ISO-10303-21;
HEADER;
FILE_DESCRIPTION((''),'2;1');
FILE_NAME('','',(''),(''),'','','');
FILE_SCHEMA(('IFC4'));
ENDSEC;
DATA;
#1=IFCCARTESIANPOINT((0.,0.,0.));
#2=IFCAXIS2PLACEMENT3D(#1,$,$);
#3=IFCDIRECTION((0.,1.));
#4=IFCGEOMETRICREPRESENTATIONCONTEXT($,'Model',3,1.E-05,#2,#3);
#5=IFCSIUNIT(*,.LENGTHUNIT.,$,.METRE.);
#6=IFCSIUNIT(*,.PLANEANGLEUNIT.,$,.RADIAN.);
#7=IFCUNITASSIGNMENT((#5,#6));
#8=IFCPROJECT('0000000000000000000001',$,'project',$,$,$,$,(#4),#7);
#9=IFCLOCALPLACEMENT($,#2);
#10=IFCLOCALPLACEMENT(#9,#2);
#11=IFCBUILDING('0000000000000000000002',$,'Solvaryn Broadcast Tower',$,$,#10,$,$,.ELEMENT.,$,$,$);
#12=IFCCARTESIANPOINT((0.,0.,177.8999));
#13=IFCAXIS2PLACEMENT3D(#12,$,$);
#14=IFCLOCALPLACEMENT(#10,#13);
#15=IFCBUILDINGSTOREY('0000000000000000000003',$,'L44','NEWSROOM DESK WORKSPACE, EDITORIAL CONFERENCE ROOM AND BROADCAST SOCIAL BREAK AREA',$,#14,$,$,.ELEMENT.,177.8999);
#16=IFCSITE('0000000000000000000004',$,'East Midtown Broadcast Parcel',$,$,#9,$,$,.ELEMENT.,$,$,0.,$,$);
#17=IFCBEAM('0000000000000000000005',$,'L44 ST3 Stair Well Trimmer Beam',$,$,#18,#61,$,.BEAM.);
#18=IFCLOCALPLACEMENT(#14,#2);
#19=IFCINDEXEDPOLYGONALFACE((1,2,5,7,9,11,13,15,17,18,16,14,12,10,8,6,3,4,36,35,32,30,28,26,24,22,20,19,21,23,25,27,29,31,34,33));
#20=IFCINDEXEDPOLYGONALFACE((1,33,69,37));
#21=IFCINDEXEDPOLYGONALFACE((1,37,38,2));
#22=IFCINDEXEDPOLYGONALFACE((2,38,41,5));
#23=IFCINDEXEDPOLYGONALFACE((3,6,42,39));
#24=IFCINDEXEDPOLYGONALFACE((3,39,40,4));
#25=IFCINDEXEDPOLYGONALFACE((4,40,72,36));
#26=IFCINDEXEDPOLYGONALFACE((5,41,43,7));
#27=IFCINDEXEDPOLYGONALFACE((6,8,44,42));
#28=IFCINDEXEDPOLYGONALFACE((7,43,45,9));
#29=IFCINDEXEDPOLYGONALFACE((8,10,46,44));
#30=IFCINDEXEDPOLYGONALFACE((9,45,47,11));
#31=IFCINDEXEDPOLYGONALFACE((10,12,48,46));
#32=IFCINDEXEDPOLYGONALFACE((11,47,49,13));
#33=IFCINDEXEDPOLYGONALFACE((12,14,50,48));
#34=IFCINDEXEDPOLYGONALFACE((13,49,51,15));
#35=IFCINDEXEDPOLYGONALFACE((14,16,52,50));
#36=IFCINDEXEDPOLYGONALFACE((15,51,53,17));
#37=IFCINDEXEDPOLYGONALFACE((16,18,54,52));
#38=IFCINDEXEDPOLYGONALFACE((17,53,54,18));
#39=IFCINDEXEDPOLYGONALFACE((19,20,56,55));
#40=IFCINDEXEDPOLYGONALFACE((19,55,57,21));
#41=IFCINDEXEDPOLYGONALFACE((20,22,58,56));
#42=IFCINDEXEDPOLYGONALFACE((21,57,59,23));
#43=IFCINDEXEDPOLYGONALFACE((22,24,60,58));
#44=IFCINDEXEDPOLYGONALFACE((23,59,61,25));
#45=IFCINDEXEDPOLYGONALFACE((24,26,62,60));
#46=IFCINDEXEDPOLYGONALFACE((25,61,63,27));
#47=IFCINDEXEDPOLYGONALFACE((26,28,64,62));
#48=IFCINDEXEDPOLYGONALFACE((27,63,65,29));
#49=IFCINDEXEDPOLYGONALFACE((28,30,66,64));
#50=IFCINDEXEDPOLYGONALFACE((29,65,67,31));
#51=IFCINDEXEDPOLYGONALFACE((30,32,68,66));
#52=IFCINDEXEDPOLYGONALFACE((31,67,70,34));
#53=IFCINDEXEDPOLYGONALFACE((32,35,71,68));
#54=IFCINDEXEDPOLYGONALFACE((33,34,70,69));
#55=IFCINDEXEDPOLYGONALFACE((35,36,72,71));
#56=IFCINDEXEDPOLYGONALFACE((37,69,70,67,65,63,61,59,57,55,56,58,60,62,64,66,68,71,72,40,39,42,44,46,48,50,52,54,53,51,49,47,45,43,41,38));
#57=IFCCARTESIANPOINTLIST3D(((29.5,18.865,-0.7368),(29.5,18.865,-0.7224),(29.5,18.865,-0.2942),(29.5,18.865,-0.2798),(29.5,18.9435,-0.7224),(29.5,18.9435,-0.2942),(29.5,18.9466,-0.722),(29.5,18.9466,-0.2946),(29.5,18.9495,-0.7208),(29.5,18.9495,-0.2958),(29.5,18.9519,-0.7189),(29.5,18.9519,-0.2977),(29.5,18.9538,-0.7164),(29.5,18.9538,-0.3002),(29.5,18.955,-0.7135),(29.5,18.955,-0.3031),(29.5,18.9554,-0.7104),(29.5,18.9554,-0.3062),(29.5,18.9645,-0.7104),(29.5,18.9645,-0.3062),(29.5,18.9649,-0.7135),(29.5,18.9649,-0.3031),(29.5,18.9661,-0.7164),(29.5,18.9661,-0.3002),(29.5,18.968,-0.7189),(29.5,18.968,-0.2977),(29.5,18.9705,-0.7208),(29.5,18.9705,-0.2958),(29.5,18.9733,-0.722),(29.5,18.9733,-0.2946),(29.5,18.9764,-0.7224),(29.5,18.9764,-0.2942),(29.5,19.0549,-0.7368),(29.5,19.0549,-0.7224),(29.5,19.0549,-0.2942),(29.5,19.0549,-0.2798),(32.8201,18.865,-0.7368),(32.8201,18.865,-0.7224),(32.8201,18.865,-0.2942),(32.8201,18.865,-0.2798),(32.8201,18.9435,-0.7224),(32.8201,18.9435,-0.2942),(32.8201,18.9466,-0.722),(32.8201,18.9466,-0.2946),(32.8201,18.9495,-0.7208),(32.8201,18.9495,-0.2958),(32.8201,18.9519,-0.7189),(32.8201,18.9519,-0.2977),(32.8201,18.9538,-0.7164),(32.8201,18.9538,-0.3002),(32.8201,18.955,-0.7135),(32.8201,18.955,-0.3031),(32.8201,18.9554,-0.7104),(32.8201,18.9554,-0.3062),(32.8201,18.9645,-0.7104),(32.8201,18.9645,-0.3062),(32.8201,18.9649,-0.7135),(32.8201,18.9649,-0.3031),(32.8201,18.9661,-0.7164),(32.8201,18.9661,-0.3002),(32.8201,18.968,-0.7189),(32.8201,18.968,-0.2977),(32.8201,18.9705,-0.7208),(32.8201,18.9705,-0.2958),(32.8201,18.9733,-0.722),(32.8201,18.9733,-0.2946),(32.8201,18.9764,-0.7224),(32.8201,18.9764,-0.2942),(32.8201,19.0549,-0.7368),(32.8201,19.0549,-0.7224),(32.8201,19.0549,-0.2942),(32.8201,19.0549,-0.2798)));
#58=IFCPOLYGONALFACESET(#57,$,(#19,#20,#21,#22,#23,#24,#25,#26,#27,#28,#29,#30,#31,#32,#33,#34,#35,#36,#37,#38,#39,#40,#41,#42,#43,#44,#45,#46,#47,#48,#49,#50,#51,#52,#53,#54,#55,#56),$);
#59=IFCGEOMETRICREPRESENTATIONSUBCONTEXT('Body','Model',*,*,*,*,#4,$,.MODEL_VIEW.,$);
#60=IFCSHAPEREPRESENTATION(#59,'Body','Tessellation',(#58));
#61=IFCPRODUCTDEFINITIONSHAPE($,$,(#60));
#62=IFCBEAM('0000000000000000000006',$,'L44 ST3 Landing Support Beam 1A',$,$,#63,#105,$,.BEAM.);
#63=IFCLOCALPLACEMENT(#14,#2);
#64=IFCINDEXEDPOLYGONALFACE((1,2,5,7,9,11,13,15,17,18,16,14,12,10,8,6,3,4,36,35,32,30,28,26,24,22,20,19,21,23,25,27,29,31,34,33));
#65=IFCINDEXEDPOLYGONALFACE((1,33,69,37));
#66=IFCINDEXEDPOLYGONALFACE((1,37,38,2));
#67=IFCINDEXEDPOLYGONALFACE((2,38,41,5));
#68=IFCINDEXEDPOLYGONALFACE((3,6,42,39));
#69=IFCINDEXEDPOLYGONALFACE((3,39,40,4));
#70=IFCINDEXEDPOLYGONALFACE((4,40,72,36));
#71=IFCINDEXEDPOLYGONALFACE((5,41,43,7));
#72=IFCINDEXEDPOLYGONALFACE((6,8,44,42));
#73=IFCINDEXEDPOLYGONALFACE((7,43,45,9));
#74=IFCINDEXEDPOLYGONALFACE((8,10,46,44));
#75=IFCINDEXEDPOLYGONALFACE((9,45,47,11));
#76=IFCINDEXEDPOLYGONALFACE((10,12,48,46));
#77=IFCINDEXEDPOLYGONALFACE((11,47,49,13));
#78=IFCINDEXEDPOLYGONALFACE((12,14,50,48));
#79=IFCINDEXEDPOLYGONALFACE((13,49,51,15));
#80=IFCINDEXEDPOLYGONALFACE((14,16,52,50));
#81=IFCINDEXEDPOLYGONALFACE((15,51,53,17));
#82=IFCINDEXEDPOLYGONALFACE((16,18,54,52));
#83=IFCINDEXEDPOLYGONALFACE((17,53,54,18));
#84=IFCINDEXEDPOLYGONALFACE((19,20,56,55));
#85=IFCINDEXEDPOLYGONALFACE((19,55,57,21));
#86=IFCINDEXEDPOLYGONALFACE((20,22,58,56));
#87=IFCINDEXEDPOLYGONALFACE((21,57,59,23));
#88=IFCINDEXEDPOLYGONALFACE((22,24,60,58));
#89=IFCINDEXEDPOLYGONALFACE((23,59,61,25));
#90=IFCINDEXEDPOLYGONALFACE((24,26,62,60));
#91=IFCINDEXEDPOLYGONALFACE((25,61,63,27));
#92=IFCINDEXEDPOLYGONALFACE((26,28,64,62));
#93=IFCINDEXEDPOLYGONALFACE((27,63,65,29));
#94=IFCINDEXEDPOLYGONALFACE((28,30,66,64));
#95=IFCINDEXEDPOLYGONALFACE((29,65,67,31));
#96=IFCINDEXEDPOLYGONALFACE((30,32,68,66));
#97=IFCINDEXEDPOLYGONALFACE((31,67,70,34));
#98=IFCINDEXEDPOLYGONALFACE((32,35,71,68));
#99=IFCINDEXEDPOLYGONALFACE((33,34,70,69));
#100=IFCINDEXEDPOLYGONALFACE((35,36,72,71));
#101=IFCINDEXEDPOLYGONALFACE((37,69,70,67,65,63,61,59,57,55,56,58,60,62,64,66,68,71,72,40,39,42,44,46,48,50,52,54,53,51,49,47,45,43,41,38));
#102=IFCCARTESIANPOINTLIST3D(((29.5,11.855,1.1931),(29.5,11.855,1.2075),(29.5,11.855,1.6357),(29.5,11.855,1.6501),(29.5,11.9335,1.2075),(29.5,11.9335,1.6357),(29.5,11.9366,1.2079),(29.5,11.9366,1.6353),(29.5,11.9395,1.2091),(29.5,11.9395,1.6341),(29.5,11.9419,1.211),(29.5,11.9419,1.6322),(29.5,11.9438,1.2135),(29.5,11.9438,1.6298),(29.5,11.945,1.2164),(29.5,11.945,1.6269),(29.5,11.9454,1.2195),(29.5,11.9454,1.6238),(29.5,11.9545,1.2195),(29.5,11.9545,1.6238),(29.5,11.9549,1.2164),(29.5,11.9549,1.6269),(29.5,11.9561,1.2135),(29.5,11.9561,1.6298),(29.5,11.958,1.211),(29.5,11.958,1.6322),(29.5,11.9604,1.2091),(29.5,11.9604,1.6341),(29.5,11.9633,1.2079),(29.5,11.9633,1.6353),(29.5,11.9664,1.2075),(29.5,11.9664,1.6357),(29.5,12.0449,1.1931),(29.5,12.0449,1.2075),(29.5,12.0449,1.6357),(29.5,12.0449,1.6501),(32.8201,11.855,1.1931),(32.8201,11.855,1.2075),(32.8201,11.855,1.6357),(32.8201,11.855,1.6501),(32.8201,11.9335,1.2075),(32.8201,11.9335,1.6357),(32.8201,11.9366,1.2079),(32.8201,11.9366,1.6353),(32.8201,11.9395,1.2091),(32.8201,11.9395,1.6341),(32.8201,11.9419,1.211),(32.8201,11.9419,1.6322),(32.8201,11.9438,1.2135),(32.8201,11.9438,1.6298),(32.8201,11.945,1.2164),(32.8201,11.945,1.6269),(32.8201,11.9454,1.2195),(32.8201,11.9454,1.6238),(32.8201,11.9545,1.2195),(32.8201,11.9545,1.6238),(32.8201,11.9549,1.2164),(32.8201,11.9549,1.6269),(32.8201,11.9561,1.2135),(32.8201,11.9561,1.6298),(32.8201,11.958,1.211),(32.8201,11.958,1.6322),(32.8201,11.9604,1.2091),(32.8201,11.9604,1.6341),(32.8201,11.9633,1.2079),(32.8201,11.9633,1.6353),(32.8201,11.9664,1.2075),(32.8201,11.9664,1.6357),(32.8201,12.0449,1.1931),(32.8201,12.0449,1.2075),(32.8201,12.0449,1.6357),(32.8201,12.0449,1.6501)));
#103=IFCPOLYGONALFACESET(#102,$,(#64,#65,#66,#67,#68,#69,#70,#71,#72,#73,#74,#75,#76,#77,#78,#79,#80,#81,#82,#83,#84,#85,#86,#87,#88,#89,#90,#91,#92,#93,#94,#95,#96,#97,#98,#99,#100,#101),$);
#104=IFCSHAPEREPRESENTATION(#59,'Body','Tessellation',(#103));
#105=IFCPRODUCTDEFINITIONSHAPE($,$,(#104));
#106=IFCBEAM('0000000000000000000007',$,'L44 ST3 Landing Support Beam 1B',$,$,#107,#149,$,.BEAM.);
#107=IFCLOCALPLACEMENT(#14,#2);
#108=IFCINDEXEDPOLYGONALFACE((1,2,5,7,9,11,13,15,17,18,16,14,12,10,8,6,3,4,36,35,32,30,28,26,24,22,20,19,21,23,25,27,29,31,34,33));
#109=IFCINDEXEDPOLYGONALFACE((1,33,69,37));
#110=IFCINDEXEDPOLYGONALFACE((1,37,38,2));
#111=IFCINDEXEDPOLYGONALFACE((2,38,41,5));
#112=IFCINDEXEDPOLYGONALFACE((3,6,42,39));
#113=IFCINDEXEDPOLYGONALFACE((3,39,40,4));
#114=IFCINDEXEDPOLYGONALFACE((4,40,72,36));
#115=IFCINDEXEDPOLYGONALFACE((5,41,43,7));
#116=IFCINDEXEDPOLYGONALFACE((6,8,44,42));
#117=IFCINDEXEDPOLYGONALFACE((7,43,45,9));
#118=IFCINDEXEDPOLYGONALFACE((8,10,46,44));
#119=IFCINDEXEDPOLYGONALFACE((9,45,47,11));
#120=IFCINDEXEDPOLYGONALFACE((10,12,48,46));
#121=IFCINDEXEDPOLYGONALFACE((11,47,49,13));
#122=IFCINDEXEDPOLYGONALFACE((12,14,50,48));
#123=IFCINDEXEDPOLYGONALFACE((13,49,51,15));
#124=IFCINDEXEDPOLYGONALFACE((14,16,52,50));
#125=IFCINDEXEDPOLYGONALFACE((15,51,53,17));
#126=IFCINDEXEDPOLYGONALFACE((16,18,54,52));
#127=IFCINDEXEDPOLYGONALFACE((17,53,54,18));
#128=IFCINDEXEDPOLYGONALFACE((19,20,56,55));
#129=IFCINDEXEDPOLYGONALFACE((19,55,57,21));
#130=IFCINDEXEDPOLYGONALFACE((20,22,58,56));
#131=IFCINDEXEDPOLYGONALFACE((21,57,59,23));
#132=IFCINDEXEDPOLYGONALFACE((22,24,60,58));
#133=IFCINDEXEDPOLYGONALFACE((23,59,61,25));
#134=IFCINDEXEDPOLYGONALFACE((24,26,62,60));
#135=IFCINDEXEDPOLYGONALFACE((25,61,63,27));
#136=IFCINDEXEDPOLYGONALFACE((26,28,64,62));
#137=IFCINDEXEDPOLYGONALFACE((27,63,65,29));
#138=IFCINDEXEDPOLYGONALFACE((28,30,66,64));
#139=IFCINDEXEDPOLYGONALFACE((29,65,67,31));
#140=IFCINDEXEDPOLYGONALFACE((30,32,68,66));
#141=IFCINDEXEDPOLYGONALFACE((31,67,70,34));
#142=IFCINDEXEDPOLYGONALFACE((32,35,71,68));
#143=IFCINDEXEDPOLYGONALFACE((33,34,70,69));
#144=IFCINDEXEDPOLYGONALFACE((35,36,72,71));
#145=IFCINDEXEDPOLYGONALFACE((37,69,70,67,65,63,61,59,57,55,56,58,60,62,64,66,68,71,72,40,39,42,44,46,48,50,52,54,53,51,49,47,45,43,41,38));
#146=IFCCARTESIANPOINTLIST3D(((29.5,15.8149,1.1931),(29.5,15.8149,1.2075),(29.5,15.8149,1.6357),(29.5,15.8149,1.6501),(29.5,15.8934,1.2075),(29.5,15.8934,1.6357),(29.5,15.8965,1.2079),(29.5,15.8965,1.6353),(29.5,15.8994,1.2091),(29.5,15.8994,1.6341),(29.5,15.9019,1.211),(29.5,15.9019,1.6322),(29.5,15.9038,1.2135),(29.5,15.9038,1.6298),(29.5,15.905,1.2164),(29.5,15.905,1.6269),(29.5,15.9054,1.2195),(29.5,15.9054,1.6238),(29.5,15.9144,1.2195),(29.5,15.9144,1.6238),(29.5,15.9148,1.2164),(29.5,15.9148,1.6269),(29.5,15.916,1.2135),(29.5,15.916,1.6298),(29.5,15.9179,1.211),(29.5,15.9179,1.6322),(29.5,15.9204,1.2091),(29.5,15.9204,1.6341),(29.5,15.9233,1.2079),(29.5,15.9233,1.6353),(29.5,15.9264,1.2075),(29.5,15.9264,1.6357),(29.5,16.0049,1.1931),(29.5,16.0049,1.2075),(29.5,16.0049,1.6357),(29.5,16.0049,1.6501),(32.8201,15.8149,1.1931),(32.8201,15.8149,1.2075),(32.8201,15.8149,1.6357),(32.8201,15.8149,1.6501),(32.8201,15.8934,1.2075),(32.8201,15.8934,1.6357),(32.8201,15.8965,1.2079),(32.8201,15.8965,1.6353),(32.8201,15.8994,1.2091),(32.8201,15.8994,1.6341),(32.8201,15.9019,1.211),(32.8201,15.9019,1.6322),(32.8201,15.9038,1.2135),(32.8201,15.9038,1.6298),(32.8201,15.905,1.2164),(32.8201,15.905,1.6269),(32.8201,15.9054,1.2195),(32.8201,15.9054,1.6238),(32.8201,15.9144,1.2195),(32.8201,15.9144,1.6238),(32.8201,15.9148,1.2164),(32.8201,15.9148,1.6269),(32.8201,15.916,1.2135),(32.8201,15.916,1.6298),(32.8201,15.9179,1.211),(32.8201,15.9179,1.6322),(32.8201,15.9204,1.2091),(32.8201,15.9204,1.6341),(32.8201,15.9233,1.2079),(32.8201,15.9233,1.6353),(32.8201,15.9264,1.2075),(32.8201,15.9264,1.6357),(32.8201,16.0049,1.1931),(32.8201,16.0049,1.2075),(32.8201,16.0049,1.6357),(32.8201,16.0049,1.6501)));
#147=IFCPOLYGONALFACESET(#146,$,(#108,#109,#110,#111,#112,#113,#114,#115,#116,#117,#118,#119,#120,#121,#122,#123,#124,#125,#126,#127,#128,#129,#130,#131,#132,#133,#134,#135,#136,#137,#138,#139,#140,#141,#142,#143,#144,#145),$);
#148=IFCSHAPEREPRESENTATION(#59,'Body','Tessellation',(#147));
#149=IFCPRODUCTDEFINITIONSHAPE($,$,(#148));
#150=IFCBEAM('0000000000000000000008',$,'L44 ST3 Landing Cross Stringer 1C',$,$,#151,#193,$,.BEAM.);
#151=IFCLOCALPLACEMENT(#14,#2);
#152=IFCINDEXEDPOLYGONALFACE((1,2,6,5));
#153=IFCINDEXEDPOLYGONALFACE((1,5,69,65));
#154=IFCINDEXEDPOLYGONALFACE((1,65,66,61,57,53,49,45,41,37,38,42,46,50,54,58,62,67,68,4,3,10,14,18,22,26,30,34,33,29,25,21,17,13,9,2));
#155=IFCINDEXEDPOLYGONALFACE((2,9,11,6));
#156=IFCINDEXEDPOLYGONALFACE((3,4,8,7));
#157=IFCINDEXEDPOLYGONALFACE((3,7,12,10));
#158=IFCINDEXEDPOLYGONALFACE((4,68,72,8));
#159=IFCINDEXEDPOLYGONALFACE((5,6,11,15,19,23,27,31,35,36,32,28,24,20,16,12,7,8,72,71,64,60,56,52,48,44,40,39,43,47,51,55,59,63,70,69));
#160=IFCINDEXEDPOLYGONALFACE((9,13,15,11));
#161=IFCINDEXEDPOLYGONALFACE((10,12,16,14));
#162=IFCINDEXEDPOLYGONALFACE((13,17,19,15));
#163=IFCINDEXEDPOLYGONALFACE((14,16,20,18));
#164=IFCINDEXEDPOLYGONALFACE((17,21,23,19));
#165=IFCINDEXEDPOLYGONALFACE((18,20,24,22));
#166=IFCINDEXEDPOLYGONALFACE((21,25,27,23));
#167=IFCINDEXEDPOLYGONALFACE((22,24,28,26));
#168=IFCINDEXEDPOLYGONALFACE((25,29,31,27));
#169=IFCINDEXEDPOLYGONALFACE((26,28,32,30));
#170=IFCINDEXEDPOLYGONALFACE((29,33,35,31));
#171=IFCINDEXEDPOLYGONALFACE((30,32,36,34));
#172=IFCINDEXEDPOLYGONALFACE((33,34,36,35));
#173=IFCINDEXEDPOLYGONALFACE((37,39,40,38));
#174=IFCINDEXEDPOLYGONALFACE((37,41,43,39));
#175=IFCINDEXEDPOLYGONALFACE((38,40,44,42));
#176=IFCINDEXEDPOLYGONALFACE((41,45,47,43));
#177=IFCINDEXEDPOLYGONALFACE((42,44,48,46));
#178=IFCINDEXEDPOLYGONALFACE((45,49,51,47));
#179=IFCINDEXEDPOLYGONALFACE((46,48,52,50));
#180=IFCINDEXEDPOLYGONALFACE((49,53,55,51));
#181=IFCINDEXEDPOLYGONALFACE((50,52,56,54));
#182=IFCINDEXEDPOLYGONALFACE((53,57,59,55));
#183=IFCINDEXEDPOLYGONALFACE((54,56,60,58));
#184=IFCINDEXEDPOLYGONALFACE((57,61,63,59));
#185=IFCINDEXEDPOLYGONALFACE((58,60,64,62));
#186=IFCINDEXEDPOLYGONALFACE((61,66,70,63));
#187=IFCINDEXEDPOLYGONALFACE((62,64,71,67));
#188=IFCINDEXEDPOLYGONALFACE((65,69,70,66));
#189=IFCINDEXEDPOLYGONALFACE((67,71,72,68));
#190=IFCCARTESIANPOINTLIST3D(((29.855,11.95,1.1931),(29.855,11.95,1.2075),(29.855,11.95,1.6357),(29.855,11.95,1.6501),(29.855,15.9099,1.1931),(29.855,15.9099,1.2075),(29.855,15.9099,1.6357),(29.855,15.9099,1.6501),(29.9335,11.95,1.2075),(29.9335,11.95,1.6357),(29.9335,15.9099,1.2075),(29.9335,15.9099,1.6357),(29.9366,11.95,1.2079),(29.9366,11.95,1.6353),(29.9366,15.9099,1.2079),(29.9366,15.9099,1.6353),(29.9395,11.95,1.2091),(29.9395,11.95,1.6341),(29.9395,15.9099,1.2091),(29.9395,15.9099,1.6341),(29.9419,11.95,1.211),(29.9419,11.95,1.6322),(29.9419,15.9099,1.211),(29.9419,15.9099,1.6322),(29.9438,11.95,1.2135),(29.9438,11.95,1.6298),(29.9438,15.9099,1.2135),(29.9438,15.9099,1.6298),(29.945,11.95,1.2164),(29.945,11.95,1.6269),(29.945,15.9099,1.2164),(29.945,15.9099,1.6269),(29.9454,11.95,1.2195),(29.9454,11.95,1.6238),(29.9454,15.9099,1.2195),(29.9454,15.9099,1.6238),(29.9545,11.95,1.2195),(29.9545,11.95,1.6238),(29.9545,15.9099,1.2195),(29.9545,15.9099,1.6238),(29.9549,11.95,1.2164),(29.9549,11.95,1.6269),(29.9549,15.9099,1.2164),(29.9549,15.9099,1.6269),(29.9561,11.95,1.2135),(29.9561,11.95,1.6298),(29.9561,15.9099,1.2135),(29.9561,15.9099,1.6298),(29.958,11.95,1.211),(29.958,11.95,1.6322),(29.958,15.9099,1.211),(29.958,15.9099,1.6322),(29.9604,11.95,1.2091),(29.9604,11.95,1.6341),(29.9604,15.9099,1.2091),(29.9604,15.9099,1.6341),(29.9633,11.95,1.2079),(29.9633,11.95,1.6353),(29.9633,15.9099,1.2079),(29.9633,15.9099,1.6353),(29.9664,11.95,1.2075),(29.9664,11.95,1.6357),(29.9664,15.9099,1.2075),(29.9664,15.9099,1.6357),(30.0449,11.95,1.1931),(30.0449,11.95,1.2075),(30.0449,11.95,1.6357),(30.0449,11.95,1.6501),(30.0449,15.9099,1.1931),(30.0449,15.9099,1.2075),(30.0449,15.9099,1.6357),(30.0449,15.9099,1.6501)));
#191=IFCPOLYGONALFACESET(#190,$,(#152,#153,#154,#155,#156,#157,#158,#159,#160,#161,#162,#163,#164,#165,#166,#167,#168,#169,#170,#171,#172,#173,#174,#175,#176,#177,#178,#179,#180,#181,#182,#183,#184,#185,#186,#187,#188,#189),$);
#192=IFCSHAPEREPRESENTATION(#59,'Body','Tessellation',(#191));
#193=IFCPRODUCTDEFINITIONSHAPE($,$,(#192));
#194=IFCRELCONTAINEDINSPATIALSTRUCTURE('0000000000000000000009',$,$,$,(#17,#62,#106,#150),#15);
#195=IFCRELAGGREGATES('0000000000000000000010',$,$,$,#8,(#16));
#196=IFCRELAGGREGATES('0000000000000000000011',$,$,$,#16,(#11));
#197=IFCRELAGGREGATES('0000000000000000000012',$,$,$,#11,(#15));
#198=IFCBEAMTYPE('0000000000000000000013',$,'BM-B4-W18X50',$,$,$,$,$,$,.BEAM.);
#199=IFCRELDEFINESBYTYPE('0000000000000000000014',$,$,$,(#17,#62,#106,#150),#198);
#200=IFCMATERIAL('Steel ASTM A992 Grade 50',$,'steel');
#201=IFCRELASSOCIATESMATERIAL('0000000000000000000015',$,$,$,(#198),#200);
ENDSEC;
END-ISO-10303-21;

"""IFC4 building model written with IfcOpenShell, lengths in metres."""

from ifc_helpers import new_model, si_unit, direction, frame, origin, origin_2d, place, context, subcontext, project, spatial, i_section, extrude, material, material_profile, profile_set, type_object, element, save


model = new_model("IFC4")

# Units and contexts
model_context = context("Model", 3, precision=1e-05, world=origin(), true_north=direction((0.0, 1.0)))
body_context = subcontext(model_context, "Body", "Model", "MODEL_VIEW")
ifc_project = project(units=[si_unit("LENGTHUNIT", "METRE"), si_unit("PLANEANGLEUNIT", "RADIAN")], contexts=[model_context])

# Site, building, storey
site_placement = place(None, origin())
site = spatial("IfcSite", under=ifc_project, at=site_placement, Name="East Midtown Broadcast Parcel", CompositionType="ELEMENT", RefElevation=0.0)
building_placement = place(site_placement, origin())
building = spatial("IfcBuilding", under=site, at=building_placement, Name="Solvaryn Broadcast Tower", CompositionType="ELEMENT")
storey_placement = place(building_placement, frame((0.0, 0.0, 177.8999)))
storey = spatial("IfcBuildingStorey", under=building, at=storey_placement, Name="L44", Description="NEWSROOM DESK WORKSPACE, EDITORIAL CONFERENCE ROOM AND BROADCAST SOCIAL BREAK AREA", CompositionType="ELEMENT", Elevation=177.8999)

# Beams
ifc_material_1 = material(Name="Steel ASTM A992 Grade 50", Category="steel")
ifc_material_profile_1 = material_profile(ifc_material_1, i_section(OverallWidth=0.1899, OverallDepth=0.457, WebThickness=0.009, FlangeThickness=0.0144, FilletRadius=0.012, at=origin_2d()))
ifc_profile_set_1 = profile_set([ifc_material_profile_1], Name="Steel ASTM A992 Grade 50")
beam_type_1 = type_object("IfcBeamType", Name="BM-B4-W18X50", PredefinedType="BEAM", material=ifc_profile_set_1)
for number, where, z_axis, x_axis, name in (
    (1, (29.5, 18.96, -0.5083), (1.0, 0.0, 0.0), (0.0, 1.0, 0.0), "L44 ST3 Stair Well Trimmer Beam"),
    (2, (29.5, 11.95, 1.4216), (1.0, 0.0, 0.0), (0.0, 1.0, 0.0), "L44 ST3 Landing Support Beam 1A"),
    (3, (29.5, 15.9099, 1.4216), (1.0, 0.0, 0.0), (0.0, 1.0, 0.0), "L44 ST3 Landing Support Beam 1B"),
):
    element("IfcBeam", number, at=place(storey_placement, frame(where, z_axis=z_axis, x_axis=x_axis)), inside=storey, type_object=beam_type_1, Name=name, PredefinedType="BEAM", context=body_context, shape_type="SweptSolid", body=[
        extrude(i_section(OverallWidth=0.1899, OverallDepth=0.457, WebThickness=0.009, FlangeThickness=0.0144, FilletRadius=0.012, at=origin_2d()), origin(), (0.0, 0.0, 1.0), 3.3201),
    ])
beam_1_placement = place(storey_placement, frame((29.95, 11.95, 1.4216), z_axis=(0.0, 1.0, 0.0), x_axis=(-1.0, 0.0, 0.0)))
element("IfcBeam", 4, at=beam_1_placement, inside=storey, type_object=beam_type_1, Name="L44 ST3 Landing Cross Stringer 1C", PredefinedType="BEAM", context=body_context, shape_type="SweptSolid", body=[
    extrude(i_section(OverallWidth=0.1899, OverallDepth=0.457, WebThickness=0.009, FlangeThickness=0.0144, FilletRadius=0.012, at=origin_2d()), origin(), (0.0, 0.0, 1.0), 3.96),
])

save(model, "model.ifc")
